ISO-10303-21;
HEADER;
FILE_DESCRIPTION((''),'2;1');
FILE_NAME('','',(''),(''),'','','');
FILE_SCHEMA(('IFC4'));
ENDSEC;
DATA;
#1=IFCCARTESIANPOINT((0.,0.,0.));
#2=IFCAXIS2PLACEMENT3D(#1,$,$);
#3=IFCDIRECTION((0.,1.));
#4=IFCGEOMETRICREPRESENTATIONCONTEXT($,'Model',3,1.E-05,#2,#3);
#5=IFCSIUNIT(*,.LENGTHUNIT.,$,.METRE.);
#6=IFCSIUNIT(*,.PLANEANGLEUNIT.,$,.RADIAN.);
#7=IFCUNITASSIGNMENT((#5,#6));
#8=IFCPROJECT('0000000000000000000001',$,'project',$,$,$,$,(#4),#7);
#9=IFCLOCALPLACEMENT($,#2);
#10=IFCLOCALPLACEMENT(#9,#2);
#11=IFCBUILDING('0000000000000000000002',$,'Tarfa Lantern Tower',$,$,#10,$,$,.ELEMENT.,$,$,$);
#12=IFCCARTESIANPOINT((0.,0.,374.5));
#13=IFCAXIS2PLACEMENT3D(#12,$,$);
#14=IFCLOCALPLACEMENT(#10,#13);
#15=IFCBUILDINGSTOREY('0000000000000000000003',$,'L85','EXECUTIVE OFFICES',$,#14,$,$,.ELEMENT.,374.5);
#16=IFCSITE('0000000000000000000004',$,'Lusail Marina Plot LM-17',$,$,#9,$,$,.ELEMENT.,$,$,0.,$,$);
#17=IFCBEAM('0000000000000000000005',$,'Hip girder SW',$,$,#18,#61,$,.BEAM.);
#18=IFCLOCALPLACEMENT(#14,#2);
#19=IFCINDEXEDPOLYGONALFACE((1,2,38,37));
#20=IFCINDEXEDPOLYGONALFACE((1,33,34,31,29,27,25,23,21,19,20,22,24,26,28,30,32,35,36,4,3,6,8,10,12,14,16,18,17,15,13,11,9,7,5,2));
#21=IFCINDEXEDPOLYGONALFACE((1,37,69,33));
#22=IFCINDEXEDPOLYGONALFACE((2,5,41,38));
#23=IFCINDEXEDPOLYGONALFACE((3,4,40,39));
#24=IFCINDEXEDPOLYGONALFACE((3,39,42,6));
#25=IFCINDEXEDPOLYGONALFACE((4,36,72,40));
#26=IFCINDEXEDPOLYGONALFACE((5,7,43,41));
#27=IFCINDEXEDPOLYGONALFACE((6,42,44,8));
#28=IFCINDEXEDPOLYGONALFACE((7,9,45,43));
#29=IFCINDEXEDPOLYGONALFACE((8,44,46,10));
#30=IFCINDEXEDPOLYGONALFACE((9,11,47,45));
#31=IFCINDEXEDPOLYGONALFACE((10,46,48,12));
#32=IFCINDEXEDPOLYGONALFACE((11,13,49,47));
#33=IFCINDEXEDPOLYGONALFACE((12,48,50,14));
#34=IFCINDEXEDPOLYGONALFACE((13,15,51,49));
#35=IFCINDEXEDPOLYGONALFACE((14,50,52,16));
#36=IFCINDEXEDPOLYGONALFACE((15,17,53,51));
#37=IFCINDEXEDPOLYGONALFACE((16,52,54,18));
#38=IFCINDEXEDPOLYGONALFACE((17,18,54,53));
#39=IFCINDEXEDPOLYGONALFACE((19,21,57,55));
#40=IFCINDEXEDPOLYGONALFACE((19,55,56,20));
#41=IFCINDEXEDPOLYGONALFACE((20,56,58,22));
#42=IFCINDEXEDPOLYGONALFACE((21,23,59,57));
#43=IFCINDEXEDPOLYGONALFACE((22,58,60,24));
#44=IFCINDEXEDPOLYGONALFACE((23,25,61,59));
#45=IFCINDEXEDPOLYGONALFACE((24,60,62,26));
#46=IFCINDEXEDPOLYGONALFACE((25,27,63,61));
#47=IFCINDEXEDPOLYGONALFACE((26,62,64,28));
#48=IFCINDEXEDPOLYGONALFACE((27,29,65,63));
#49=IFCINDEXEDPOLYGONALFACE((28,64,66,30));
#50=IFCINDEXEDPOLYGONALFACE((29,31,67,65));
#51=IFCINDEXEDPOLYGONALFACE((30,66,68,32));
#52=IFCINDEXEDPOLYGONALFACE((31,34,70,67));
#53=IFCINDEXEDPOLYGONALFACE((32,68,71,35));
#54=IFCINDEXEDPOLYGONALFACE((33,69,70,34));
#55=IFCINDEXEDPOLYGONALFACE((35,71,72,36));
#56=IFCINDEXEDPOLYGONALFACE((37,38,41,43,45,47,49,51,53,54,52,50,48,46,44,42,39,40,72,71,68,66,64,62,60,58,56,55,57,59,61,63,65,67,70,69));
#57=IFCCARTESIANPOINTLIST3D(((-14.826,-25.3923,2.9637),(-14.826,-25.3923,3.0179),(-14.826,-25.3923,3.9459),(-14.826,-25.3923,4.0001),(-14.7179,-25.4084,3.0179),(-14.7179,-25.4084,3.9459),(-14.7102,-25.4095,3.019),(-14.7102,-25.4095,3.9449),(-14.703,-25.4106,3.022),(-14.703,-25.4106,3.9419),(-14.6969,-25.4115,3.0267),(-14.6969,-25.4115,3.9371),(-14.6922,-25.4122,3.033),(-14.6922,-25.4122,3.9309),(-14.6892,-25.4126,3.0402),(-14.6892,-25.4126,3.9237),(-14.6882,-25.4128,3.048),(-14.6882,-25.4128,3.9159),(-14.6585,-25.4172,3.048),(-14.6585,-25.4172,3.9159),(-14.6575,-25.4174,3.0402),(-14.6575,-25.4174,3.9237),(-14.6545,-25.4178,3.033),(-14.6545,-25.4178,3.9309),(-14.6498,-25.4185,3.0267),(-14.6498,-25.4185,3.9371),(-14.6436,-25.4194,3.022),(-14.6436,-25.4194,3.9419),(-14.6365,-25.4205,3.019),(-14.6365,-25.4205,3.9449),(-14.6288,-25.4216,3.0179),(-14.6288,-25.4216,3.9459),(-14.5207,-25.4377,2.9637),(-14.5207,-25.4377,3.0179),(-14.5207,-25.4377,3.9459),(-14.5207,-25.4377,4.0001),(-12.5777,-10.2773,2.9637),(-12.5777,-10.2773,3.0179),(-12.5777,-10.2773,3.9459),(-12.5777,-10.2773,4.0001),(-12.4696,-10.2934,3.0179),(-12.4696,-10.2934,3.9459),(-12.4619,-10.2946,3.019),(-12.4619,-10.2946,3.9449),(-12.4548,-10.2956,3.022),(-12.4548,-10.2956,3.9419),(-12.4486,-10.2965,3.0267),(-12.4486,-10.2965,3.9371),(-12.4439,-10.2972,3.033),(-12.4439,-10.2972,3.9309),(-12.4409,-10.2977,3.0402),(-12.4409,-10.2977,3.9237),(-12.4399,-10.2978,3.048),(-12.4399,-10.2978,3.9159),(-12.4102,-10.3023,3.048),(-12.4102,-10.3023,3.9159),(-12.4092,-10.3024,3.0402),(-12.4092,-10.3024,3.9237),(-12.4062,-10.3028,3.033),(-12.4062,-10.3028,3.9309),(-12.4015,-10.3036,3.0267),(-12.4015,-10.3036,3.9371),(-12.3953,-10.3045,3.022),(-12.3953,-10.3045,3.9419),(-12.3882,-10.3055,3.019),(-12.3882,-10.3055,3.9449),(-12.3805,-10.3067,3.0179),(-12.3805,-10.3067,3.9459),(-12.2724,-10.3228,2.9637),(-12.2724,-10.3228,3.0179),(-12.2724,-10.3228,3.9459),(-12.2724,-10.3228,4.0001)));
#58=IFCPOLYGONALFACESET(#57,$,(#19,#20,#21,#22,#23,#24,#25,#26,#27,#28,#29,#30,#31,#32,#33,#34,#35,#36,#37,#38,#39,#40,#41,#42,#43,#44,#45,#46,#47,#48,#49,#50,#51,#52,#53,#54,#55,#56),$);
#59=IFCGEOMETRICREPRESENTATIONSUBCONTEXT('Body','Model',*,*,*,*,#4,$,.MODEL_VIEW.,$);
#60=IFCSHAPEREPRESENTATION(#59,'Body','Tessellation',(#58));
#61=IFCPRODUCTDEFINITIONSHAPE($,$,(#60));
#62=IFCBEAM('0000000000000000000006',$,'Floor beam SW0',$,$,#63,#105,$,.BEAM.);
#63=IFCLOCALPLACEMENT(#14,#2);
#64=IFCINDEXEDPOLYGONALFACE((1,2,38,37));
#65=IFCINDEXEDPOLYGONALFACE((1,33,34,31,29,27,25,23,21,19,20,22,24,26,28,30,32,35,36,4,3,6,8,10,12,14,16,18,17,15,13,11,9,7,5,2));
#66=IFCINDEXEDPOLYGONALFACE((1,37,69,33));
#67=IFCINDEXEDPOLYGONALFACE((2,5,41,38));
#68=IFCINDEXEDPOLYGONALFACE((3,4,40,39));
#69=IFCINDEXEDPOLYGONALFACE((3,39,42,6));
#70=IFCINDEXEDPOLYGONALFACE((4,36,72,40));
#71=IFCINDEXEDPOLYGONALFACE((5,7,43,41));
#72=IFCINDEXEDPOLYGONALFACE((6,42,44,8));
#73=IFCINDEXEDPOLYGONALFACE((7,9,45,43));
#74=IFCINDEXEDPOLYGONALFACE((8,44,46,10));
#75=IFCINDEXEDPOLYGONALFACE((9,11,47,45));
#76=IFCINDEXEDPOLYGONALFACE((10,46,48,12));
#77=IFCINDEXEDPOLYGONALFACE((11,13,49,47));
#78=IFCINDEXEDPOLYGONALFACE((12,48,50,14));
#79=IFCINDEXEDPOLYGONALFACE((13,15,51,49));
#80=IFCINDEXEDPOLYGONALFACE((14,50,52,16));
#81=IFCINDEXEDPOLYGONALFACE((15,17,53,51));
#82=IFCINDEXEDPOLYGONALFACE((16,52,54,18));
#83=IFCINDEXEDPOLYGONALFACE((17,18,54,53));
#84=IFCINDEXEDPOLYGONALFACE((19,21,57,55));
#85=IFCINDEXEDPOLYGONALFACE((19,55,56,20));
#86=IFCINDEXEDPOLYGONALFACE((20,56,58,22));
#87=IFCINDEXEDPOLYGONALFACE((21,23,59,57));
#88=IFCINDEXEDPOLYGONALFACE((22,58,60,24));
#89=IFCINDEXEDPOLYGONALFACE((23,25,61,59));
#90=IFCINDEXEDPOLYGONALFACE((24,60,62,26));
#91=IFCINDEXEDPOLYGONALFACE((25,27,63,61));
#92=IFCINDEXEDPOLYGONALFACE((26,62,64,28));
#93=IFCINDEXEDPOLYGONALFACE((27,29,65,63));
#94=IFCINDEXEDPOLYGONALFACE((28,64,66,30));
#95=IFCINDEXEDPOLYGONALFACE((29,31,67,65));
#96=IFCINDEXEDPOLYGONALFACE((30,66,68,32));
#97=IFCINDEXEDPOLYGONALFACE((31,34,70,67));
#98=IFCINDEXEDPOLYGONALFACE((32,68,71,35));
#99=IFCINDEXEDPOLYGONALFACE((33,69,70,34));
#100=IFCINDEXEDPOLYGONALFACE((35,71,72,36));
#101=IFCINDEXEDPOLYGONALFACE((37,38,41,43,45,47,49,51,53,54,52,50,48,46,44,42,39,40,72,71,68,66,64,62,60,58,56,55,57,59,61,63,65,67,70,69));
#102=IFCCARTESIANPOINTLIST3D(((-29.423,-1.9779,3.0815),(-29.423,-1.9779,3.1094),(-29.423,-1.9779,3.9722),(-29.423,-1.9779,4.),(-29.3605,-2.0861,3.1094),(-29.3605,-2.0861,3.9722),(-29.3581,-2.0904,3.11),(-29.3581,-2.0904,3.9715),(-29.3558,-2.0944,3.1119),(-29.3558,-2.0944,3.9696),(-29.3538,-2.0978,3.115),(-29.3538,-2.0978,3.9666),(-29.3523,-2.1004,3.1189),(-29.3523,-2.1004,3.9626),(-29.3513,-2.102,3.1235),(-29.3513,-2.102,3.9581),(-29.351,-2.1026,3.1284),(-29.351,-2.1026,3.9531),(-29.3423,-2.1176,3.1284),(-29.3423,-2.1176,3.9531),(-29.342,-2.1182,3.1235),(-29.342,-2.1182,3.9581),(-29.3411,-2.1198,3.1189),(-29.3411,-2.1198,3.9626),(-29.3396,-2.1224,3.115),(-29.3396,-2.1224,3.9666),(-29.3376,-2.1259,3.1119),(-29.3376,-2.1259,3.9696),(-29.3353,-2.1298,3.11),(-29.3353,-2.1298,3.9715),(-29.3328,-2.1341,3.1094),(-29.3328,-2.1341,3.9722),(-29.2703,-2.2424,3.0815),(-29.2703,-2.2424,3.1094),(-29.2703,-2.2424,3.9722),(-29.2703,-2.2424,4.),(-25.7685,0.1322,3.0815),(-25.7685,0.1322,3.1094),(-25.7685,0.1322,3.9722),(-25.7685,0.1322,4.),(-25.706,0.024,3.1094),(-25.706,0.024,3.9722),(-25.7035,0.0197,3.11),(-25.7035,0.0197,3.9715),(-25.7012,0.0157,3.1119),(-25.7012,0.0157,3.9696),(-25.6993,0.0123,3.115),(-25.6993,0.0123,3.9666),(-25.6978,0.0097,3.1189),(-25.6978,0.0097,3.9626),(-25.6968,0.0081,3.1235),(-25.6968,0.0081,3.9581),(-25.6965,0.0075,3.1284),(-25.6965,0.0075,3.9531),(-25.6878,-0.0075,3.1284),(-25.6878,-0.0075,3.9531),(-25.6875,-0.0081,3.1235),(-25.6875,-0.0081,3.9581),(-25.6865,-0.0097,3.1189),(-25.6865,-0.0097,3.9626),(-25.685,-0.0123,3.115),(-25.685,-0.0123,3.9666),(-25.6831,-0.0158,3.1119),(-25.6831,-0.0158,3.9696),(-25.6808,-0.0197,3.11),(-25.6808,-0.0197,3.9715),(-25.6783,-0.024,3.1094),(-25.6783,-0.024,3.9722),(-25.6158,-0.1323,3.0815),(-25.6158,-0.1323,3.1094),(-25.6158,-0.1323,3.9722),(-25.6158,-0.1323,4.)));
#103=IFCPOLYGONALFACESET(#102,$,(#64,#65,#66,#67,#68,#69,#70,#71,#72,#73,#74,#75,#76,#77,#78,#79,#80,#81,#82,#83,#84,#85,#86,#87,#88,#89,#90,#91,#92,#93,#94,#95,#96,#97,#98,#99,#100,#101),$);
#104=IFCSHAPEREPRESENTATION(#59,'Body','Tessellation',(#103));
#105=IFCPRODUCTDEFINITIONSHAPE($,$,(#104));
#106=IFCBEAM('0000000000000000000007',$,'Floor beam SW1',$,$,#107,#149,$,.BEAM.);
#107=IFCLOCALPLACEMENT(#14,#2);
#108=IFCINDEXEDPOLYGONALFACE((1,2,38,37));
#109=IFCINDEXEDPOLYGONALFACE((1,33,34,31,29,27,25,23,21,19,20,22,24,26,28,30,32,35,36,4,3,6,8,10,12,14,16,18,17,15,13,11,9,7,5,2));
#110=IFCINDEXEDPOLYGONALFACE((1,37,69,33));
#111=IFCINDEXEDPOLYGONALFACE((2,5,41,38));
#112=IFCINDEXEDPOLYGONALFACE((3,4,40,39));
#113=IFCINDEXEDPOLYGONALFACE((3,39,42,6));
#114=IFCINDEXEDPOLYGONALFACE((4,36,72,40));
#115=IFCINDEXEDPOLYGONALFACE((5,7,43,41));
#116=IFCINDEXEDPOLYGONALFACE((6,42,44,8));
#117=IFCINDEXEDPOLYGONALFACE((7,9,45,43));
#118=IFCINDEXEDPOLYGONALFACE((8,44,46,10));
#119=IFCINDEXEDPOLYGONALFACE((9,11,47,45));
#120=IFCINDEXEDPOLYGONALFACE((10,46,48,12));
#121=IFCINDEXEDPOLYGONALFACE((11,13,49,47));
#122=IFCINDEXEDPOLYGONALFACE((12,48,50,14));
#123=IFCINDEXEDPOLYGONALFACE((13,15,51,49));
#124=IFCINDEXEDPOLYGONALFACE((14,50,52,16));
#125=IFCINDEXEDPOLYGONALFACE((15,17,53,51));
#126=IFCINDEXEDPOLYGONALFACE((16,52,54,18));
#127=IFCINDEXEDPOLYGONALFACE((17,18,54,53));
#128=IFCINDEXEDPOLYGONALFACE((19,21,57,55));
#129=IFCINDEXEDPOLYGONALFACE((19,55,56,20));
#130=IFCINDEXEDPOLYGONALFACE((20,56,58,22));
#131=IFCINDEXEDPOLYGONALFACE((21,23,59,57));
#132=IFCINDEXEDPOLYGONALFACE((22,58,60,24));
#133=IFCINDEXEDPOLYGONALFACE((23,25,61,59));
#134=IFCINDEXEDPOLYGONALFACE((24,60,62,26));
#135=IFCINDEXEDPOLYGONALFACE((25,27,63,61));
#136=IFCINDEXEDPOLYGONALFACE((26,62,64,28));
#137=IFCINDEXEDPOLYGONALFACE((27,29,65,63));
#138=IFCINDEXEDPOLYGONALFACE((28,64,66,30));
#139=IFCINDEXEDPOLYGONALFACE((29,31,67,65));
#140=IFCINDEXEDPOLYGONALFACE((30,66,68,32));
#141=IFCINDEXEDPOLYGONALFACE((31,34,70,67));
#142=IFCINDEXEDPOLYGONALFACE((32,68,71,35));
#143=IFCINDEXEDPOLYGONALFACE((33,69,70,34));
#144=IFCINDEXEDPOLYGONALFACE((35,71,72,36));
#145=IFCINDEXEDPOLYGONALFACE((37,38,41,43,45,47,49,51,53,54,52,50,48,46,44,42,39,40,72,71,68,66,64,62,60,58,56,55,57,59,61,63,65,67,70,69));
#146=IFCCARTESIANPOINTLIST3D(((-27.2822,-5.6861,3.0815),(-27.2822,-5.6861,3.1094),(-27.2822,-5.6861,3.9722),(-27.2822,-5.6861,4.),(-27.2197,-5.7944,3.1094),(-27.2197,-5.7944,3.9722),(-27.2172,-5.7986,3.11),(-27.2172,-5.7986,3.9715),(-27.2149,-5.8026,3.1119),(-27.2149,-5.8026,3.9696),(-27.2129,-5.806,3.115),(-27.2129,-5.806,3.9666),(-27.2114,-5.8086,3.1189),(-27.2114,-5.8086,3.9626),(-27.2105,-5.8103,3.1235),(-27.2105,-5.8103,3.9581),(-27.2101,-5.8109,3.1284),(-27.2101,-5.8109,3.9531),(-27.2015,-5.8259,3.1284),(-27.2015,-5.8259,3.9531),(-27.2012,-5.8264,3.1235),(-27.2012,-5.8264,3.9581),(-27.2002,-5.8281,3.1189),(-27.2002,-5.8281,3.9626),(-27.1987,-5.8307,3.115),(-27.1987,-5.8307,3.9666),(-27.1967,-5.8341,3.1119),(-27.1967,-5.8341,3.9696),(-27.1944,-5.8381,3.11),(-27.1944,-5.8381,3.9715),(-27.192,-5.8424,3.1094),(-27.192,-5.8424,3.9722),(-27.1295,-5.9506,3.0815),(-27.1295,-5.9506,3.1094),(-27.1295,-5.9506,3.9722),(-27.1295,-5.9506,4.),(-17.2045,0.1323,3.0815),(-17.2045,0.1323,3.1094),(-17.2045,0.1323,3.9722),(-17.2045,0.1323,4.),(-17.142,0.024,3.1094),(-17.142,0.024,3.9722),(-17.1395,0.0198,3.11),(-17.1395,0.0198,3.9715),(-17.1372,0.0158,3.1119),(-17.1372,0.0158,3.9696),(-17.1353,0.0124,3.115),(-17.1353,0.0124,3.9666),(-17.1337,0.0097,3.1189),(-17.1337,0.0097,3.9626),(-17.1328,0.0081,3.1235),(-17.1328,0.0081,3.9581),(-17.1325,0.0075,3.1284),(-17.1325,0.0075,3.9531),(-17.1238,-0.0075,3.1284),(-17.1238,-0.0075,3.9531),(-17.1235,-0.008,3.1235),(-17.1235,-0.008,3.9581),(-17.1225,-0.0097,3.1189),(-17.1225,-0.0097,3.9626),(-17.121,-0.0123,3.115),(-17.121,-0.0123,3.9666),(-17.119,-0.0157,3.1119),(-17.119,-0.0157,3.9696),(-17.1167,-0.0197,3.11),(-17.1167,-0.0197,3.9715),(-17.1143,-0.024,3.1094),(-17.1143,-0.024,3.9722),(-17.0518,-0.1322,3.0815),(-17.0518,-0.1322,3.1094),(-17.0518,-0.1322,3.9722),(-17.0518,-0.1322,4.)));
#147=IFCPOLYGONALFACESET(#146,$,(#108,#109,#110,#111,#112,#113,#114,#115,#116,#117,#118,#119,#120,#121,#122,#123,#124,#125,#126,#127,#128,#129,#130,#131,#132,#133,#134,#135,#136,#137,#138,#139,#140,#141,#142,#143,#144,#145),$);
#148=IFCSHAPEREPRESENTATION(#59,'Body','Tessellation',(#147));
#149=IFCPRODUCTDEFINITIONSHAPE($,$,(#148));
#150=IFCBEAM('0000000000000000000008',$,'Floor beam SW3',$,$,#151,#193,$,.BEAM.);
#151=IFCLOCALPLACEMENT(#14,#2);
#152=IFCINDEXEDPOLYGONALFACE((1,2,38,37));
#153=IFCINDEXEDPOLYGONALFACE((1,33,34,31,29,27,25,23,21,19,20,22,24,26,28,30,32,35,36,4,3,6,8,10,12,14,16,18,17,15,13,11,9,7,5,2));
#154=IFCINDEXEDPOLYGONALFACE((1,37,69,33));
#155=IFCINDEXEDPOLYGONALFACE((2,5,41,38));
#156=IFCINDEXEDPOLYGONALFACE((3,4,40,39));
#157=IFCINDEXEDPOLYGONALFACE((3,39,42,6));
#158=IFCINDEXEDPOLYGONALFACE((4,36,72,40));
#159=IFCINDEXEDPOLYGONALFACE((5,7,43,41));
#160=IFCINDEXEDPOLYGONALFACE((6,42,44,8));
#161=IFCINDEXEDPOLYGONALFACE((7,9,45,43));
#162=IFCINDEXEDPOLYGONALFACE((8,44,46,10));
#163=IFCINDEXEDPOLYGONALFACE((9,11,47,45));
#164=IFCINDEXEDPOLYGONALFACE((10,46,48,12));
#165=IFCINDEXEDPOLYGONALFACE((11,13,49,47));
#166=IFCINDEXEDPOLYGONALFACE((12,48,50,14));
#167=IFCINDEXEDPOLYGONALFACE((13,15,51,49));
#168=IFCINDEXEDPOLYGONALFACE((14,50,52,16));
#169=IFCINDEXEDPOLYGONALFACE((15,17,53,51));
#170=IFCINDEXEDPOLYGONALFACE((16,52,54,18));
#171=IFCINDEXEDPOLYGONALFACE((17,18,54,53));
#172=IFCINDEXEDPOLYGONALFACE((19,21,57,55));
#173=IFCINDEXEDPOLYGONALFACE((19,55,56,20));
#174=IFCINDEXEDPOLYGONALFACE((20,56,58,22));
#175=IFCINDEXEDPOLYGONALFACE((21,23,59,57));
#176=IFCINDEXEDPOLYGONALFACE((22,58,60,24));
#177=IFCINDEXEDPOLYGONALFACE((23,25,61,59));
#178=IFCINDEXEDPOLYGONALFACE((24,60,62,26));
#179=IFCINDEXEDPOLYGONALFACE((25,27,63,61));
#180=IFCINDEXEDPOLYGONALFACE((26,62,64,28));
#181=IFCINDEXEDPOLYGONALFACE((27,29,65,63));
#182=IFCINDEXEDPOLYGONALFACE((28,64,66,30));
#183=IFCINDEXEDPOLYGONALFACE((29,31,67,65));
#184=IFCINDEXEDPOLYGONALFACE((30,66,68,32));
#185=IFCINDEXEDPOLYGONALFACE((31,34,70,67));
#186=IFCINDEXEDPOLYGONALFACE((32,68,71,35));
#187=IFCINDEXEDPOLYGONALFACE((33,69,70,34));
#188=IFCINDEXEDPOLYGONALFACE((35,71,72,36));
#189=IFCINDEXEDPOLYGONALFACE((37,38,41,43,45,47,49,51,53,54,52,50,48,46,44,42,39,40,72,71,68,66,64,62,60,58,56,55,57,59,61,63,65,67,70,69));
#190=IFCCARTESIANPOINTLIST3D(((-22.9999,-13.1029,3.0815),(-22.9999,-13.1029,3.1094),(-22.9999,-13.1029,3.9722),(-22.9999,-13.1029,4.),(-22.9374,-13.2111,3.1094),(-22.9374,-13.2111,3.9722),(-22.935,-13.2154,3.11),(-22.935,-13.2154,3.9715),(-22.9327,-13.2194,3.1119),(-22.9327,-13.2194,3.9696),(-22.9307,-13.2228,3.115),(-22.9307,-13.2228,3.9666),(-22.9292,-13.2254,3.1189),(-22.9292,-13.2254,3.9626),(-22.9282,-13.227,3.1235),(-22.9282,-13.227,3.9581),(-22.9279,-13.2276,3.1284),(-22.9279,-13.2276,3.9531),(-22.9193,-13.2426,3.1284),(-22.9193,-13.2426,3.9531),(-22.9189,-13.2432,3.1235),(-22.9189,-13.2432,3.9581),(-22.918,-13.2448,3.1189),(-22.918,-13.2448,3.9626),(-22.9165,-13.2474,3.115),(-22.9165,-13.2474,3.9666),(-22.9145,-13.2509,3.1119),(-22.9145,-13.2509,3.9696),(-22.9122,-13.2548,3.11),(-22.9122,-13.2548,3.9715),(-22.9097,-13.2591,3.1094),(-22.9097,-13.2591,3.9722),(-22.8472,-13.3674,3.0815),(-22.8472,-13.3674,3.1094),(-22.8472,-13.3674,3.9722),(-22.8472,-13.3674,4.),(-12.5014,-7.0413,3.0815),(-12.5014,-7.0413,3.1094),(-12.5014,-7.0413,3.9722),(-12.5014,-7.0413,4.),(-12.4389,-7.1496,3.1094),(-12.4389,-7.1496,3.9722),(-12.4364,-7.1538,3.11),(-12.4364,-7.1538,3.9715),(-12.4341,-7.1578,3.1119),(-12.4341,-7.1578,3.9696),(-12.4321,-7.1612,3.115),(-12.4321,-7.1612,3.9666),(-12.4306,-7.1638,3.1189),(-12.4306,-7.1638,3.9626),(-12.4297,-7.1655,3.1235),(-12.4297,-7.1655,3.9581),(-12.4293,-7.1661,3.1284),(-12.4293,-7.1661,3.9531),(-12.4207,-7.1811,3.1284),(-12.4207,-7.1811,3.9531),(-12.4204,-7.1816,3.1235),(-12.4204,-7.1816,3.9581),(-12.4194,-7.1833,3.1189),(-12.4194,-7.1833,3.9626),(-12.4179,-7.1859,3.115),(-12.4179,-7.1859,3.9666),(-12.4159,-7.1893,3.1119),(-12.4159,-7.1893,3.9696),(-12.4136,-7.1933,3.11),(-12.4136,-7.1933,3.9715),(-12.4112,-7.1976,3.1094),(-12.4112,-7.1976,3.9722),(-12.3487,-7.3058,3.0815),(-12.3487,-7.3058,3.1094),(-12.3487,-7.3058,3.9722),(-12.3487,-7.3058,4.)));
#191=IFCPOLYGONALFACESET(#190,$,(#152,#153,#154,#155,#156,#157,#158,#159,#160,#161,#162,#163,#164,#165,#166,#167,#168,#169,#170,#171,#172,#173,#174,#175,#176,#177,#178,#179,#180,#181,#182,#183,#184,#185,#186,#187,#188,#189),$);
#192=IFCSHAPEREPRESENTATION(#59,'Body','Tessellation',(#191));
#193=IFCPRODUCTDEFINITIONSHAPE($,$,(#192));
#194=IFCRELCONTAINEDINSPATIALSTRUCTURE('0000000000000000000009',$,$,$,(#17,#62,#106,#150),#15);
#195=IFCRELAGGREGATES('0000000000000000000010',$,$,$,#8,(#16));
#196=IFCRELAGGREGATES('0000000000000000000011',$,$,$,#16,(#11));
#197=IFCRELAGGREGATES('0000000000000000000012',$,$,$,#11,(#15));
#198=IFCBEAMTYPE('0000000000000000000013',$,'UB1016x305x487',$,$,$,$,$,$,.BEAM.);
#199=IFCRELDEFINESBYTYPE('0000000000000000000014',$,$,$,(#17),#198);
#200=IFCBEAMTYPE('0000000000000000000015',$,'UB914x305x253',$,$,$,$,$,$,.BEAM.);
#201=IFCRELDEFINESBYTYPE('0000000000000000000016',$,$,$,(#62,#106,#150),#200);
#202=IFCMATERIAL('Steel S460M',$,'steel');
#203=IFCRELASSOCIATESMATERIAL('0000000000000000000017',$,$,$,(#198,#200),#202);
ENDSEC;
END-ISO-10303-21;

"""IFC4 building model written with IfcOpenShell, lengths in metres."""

from ifc_helpers import new_model, si_unit, direction, frame, origin, origin_2d, place, context, subcontext, project, spatial, i_section, extrude, material, material_profile, profile_set, type_object, element, save


model = new_model("IFC4")

# Units and contexts
model_context = context("Model", 3, precision=1e-05, world=origin(), true_north=direction((0.0, 1.0)))
body_context = subcontext(model_context, "Body", "Model", "MODEL_VIEW")
ifc_project = project(units=[si_unit("LENGTHUNIT", "METRE"), si_unit("PLANEANGLEUNIT", "RADIAN")], contexts=[model_context])

# Site, building, storey
site_placement = place(None, origin())
site = spatial("IfcSite", under=ifc_project, at=site_placement, Name="Lusail Marina Plot LM-17", CompositionType="ELEMENT", RefElevation=0.0)
building_placement = place(site_placement, origin())
building = spatial("IfcBuilding", under=site, at=building_placement, Name="Tarfa Lantern Tower", CompositionType="ELEMENT")
storey_placement = place(building_placement, frame((0.0, 0.0, 374.5)))
storey = spatial("IfcBuildingStorey", under=building, at=storey_placement, Name="L85", Description="EXECUTIVE OFFICES", CompositionType="ELEMENT", Elevation=374.5)

# Beams
ifc_material_1 = material(Name="Steel S460M", Category="steel")
ifc_material_profile_1 = material_profile(ifc_material_1, i_section(OverallWidth=0.3086, OverallDepth=1.0364, WebThickness=0.03, FlangeThickness=0.0542, FilletRadius=0.03, at=origin_2d()), Name="UB1016x305x487")
ifc_profile_set_1 = profile_set([ifc_material_profile_1], Name="Steel S460M")
beam_type_1 = type_object("IfcBeamType", Name="UB1016x305x487", PredefinedType="BEAM", material=ifc_profile_set_1)
beam_1_placement = place(storey_placement, frame((-12.425, -10.3, 3.4819), z_axis=(-0.147127, -0.989118, 0.0), x_axis=(0.989118, -0.147127, 0.0)))
element("IfcBeam", 1, at=beam_1_placement, inside=storey, type_object=beam_type_1, Name="Hip girder SW", PredefinedType="BEAM", context=body_context, shape_type="SweptSolid", body=[
    extrude(i_section(OverallWidth=0.3086, OverallDepth=1.0364, WebThickness=0.03, FlangeThickness=0.0542, FilletRadius=0.03, at=origin_2d()), origin(), (0.0, 0.0, 1.0), 15.2812),
])
ifc_material_profile_2 = material_profile(ifc_material_1, i_section(OverallWidth=0.3054, OverallDepth=0.9185, WebThickness=0.0173, FlangeThickness=0.0278, FilletRadius=0.019, at=origin_2d()), Name="UB914x305x253")
ifc_profile_set_2 = profile_set([ifc_material_profile_2], Name="Steel S460M")
beam_type_2 = type_object("IfcBeamType", Name="UB914x305x253", PredefinedType="BEAM", material=ifc_profile_set_2)
beam_2_placement = place(storey_placement, frame((-29.3467, -2.1101, 3.5408), z_axis=(0.866009, 0.500028, 0.0), x_axis=(-0.500028, 0.866009, 0.0)))
element("IfcBeam", 2, at=beam_2_placement, inside=storey, type_object=beam_type_2, Name="Floor beam SW0", PredefinedType="BEAM", context=body_context, shape_type="SweptSolid", body=[
    extrude(i_section(OverallWidth=0.3054, OverallDepth=0.9185, WebThickness=0.0173, FlangeThickness=0.0278, FilletRadius=0.019, at=origin_2d()), origin(), (0.0, 0.0, 1.0), 4.22),
])
beam_3_placement = place(storey_placement, frame((-27.2058, -5.8184, 3.5408), z_axis=(0.866024, 0.500002, 0.0), x_axis=(-0.500002, 0.866024, 0.0)))
element("IfcBeam", 3, at=beam_3_placement, inside=storey, type_object=beam_type_2, Name="Floor beam SW1", PredefinedType="BEAM", context=body_context, shape_type="SweptSolid", body=[
    extrude(i_section(OverallWidth=0.3054, OverallDepth=0.9185, WebThickness=0.0173, FlangeThickness=0.0278, FilletRadius=0.019, at=origin_2d()), origin(), (0.0, 0.0, 1.0), 11.6367),
])
beam_4_placement = place(storey_placement, frame((-22.9236, -13.2351, 3.5408), z_axis=(0.866019, 0.500012, 0.0), x_axis=(-0.500012, 0.866019, 0.0)))
element("IfcBeam", 4, at=beam_4_placement, inside=storey, type_object=beam_type_2, Name="Floor beam SW3", PredefinedType="BEAM", context=body_context, shape_type="SweptSolid", body=[
    extrude(i_section(OverallWidth=0.3054, OverallDepth=0.9185, WebThickness=0.0173, FlangeThickness=0.0278, FilletRadius=0.019, at=origin_2d()), origin(), (0.0, 0.0, 1.0), 12.1228),
])

save(model, "model.ifc")
